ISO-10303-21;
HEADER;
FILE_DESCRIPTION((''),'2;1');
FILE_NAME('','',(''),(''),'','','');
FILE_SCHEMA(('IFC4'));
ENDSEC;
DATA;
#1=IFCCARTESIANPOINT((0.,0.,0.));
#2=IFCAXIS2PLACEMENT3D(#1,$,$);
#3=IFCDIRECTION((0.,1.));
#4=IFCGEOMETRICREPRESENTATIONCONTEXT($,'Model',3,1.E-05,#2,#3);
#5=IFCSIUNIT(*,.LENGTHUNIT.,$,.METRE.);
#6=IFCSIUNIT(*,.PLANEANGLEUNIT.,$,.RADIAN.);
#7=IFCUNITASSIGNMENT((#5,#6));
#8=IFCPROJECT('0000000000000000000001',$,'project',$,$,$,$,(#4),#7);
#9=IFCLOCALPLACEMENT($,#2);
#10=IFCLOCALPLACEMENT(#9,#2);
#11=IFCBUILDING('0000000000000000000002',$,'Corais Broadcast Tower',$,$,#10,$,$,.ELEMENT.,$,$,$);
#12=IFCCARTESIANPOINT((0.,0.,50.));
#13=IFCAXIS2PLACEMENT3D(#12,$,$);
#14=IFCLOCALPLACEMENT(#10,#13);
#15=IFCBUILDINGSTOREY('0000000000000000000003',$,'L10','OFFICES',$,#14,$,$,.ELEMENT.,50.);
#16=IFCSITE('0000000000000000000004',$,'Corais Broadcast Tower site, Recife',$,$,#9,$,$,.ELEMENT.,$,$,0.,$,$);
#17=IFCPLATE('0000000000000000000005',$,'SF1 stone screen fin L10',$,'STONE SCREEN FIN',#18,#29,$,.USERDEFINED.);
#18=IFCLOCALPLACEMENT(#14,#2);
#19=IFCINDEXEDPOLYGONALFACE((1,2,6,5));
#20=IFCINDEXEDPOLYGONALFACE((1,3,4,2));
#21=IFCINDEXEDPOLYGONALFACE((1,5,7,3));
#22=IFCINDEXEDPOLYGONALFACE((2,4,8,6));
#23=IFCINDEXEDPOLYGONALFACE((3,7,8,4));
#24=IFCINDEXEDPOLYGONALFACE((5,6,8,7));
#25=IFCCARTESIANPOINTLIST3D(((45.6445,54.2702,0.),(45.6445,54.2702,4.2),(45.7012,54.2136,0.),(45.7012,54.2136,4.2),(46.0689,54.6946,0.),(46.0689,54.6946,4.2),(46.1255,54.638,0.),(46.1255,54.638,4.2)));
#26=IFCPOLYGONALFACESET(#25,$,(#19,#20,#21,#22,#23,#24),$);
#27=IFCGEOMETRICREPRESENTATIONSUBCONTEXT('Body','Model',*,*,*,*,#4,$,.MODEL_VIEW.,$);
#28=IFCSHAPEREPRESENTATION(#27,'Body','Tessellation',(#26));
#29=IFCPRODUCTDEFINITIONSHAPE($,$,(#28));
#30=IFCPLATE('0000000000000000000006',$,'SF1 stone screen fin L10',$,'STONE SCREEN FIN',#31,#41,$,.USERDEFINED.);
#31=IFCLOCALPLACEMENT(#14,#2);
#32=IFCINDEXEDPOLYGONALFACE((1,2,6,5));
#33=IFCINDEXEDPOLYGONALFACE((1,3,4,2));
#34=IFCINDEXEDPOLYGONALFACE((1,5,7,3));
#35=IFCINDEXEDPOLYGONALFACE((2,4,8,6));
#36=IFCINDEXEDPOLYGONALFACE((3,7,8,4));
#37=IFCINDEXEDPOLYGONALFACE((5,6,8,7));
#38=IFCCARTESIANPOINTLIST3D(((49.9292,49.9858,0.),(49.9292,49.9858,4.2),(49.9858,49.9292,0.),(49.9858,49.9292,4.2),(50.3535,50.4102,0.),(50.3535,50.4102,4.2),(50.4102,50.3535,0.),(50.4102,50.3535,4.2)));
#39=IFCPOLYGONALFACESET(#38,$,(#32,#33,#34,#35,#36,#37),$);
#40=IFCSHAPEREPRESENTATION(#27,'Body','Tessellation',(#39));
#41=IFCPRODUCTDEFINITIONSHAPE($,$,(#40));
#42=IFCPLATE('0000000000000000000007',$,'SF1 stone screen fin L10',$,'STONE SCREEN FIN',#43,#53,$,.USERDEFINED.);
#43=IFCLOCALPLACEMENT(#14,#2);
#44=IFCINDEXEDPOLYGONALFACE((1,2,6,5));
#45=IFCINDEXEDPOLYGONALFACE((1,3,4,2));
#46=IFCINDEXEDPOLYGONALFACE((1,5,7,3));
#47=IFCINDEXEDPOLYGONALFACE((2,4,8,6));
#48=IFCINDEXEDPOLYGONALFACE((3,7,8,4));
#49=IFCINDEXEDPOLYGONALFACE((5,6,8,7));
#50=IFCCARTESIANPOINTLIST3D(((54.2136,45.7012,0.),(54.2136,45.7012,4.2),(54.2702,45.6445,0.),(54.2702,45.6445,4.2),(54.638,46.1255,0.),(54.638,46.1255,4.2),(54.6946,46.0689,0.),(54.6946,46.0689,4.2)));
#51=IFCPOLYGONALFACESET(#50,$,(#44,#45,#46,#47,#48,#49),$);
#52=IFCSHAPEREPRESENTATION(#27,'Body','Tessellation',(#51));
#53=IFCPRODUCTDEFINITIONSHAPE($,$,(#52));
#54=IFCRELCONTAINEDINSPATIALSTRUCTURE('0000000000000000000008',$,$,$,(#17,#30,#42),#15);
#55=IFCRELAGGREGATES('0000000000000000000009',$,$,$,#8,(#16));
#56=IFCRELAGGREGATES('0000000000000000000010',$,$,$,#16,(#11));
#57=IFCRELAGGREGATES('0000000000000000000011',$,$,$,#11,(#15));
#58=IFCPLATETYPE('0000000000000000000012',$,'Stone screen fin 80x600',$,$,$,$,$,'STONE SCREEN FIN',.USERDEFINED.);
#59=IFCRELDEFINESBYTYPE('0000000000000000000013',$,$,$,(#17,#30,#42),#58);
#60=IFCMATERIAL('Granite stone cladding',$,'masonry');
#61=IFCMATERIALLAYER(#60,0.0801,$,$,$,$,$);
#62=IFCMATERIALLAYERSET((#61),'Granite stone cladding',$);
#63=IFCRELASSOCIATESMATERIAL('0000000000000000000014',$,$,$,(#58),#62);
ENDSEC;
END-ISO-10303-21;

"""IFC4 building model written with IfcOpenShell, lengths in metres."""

from ifc_helpers import new_model, si_unit, direction, frame, origin, origin_2d, place, context, subcontext, project, spatial, rectangle, extrude, material, layer, layer_set, type_object, element, save


model = new_model("IFC4")

# Units and contexts
model_context = context("Model", 3, precision=1e-05, world=origin(), true_north=direction((0.0, 1.0)))
body_context = subcontext(model_context, "Body", "Model", "MODEL_VIEW")
ifc_project = project(units=[si_unit("LENGTHUNIT", "METRE"), si_unit("PLANEANGLEUNIT", "RADIAN")], contexts=[model_context])

# Site, building, storey
site_placement = place(None, origin())
site = spatial("IfcSite", under=ifc_project, at=site_placement, Name="Corais Broadcast Tower site, Recife", CompositionType="ELEMENT", RefElevation=0.0)
building_placement = place(site_placement, origin())
building = spatial("IfcBuilding", under=site, at=building_placement, Name="Corais Broadcast Tower", CompositionType="ELEMENT")
storey_placement = place(building_placement, frame((0.0, 0.0, 50.0)))
storey = spatial("IfcBuildingStorey", under=building, at=storey_placement, Name="L10", Description="OFFICES", CompositionType="ELEMENT", Elevation=50.0)

# Plates
ifc_material_1 = material(Name="Granite stone cladding", Category="masonry")
ifc_layer_1 = layer(ifc_material_1, 0.0801)
ifc_layer_set_1 = layer_set([ifc_layer_1], Name="Granite stone cladding")
plate_type_1 = type_object("IfcPlateType", Name="Stone screen fin 80x600", ElementType="STONE SCREEN FIN", PredefinedType="USERDEFINED", material=ifc_layer_set_1)
for number, where, z_axis, x_axis, name in (
    (1, (45.885, 54.4541, 0.0), (0.0, 0.0, 1.0), (0.707107, -0.707107, 0.0), "SF1 stone screen fin L10"),
    (2, (50.1697, 50.1697, 0.0), (0.0, 0.0, 1.0), (0.707107, -0.707107, 0.0), "SF1 stone screen fin L10"),
    (3, (54.4541, 45.885, 0.0), (0.0, 0.0, 1.0), (0.707107, -0.707107, 0.0), "SF1 stone screen fin L10"),
):
    element("IfcPlate", number, at=place(storey_placement, frame(where, z_axis=z_axis, x_axis=x_axis)), inside=storey, type_object=plate_type_1, Name=name, ObjectType="STONE SCREEN FIN", PredefinedType="USERDEFINED", context=body_context, shape_type="SweptSolid", body=[
        extrude(rectangle(XDim=0.0801, YDim=0.6001, at=origin_2d()), origin(), (0.0, 0.0, 1.0), 4.2),
    ])

save(model, "model.ifc")
